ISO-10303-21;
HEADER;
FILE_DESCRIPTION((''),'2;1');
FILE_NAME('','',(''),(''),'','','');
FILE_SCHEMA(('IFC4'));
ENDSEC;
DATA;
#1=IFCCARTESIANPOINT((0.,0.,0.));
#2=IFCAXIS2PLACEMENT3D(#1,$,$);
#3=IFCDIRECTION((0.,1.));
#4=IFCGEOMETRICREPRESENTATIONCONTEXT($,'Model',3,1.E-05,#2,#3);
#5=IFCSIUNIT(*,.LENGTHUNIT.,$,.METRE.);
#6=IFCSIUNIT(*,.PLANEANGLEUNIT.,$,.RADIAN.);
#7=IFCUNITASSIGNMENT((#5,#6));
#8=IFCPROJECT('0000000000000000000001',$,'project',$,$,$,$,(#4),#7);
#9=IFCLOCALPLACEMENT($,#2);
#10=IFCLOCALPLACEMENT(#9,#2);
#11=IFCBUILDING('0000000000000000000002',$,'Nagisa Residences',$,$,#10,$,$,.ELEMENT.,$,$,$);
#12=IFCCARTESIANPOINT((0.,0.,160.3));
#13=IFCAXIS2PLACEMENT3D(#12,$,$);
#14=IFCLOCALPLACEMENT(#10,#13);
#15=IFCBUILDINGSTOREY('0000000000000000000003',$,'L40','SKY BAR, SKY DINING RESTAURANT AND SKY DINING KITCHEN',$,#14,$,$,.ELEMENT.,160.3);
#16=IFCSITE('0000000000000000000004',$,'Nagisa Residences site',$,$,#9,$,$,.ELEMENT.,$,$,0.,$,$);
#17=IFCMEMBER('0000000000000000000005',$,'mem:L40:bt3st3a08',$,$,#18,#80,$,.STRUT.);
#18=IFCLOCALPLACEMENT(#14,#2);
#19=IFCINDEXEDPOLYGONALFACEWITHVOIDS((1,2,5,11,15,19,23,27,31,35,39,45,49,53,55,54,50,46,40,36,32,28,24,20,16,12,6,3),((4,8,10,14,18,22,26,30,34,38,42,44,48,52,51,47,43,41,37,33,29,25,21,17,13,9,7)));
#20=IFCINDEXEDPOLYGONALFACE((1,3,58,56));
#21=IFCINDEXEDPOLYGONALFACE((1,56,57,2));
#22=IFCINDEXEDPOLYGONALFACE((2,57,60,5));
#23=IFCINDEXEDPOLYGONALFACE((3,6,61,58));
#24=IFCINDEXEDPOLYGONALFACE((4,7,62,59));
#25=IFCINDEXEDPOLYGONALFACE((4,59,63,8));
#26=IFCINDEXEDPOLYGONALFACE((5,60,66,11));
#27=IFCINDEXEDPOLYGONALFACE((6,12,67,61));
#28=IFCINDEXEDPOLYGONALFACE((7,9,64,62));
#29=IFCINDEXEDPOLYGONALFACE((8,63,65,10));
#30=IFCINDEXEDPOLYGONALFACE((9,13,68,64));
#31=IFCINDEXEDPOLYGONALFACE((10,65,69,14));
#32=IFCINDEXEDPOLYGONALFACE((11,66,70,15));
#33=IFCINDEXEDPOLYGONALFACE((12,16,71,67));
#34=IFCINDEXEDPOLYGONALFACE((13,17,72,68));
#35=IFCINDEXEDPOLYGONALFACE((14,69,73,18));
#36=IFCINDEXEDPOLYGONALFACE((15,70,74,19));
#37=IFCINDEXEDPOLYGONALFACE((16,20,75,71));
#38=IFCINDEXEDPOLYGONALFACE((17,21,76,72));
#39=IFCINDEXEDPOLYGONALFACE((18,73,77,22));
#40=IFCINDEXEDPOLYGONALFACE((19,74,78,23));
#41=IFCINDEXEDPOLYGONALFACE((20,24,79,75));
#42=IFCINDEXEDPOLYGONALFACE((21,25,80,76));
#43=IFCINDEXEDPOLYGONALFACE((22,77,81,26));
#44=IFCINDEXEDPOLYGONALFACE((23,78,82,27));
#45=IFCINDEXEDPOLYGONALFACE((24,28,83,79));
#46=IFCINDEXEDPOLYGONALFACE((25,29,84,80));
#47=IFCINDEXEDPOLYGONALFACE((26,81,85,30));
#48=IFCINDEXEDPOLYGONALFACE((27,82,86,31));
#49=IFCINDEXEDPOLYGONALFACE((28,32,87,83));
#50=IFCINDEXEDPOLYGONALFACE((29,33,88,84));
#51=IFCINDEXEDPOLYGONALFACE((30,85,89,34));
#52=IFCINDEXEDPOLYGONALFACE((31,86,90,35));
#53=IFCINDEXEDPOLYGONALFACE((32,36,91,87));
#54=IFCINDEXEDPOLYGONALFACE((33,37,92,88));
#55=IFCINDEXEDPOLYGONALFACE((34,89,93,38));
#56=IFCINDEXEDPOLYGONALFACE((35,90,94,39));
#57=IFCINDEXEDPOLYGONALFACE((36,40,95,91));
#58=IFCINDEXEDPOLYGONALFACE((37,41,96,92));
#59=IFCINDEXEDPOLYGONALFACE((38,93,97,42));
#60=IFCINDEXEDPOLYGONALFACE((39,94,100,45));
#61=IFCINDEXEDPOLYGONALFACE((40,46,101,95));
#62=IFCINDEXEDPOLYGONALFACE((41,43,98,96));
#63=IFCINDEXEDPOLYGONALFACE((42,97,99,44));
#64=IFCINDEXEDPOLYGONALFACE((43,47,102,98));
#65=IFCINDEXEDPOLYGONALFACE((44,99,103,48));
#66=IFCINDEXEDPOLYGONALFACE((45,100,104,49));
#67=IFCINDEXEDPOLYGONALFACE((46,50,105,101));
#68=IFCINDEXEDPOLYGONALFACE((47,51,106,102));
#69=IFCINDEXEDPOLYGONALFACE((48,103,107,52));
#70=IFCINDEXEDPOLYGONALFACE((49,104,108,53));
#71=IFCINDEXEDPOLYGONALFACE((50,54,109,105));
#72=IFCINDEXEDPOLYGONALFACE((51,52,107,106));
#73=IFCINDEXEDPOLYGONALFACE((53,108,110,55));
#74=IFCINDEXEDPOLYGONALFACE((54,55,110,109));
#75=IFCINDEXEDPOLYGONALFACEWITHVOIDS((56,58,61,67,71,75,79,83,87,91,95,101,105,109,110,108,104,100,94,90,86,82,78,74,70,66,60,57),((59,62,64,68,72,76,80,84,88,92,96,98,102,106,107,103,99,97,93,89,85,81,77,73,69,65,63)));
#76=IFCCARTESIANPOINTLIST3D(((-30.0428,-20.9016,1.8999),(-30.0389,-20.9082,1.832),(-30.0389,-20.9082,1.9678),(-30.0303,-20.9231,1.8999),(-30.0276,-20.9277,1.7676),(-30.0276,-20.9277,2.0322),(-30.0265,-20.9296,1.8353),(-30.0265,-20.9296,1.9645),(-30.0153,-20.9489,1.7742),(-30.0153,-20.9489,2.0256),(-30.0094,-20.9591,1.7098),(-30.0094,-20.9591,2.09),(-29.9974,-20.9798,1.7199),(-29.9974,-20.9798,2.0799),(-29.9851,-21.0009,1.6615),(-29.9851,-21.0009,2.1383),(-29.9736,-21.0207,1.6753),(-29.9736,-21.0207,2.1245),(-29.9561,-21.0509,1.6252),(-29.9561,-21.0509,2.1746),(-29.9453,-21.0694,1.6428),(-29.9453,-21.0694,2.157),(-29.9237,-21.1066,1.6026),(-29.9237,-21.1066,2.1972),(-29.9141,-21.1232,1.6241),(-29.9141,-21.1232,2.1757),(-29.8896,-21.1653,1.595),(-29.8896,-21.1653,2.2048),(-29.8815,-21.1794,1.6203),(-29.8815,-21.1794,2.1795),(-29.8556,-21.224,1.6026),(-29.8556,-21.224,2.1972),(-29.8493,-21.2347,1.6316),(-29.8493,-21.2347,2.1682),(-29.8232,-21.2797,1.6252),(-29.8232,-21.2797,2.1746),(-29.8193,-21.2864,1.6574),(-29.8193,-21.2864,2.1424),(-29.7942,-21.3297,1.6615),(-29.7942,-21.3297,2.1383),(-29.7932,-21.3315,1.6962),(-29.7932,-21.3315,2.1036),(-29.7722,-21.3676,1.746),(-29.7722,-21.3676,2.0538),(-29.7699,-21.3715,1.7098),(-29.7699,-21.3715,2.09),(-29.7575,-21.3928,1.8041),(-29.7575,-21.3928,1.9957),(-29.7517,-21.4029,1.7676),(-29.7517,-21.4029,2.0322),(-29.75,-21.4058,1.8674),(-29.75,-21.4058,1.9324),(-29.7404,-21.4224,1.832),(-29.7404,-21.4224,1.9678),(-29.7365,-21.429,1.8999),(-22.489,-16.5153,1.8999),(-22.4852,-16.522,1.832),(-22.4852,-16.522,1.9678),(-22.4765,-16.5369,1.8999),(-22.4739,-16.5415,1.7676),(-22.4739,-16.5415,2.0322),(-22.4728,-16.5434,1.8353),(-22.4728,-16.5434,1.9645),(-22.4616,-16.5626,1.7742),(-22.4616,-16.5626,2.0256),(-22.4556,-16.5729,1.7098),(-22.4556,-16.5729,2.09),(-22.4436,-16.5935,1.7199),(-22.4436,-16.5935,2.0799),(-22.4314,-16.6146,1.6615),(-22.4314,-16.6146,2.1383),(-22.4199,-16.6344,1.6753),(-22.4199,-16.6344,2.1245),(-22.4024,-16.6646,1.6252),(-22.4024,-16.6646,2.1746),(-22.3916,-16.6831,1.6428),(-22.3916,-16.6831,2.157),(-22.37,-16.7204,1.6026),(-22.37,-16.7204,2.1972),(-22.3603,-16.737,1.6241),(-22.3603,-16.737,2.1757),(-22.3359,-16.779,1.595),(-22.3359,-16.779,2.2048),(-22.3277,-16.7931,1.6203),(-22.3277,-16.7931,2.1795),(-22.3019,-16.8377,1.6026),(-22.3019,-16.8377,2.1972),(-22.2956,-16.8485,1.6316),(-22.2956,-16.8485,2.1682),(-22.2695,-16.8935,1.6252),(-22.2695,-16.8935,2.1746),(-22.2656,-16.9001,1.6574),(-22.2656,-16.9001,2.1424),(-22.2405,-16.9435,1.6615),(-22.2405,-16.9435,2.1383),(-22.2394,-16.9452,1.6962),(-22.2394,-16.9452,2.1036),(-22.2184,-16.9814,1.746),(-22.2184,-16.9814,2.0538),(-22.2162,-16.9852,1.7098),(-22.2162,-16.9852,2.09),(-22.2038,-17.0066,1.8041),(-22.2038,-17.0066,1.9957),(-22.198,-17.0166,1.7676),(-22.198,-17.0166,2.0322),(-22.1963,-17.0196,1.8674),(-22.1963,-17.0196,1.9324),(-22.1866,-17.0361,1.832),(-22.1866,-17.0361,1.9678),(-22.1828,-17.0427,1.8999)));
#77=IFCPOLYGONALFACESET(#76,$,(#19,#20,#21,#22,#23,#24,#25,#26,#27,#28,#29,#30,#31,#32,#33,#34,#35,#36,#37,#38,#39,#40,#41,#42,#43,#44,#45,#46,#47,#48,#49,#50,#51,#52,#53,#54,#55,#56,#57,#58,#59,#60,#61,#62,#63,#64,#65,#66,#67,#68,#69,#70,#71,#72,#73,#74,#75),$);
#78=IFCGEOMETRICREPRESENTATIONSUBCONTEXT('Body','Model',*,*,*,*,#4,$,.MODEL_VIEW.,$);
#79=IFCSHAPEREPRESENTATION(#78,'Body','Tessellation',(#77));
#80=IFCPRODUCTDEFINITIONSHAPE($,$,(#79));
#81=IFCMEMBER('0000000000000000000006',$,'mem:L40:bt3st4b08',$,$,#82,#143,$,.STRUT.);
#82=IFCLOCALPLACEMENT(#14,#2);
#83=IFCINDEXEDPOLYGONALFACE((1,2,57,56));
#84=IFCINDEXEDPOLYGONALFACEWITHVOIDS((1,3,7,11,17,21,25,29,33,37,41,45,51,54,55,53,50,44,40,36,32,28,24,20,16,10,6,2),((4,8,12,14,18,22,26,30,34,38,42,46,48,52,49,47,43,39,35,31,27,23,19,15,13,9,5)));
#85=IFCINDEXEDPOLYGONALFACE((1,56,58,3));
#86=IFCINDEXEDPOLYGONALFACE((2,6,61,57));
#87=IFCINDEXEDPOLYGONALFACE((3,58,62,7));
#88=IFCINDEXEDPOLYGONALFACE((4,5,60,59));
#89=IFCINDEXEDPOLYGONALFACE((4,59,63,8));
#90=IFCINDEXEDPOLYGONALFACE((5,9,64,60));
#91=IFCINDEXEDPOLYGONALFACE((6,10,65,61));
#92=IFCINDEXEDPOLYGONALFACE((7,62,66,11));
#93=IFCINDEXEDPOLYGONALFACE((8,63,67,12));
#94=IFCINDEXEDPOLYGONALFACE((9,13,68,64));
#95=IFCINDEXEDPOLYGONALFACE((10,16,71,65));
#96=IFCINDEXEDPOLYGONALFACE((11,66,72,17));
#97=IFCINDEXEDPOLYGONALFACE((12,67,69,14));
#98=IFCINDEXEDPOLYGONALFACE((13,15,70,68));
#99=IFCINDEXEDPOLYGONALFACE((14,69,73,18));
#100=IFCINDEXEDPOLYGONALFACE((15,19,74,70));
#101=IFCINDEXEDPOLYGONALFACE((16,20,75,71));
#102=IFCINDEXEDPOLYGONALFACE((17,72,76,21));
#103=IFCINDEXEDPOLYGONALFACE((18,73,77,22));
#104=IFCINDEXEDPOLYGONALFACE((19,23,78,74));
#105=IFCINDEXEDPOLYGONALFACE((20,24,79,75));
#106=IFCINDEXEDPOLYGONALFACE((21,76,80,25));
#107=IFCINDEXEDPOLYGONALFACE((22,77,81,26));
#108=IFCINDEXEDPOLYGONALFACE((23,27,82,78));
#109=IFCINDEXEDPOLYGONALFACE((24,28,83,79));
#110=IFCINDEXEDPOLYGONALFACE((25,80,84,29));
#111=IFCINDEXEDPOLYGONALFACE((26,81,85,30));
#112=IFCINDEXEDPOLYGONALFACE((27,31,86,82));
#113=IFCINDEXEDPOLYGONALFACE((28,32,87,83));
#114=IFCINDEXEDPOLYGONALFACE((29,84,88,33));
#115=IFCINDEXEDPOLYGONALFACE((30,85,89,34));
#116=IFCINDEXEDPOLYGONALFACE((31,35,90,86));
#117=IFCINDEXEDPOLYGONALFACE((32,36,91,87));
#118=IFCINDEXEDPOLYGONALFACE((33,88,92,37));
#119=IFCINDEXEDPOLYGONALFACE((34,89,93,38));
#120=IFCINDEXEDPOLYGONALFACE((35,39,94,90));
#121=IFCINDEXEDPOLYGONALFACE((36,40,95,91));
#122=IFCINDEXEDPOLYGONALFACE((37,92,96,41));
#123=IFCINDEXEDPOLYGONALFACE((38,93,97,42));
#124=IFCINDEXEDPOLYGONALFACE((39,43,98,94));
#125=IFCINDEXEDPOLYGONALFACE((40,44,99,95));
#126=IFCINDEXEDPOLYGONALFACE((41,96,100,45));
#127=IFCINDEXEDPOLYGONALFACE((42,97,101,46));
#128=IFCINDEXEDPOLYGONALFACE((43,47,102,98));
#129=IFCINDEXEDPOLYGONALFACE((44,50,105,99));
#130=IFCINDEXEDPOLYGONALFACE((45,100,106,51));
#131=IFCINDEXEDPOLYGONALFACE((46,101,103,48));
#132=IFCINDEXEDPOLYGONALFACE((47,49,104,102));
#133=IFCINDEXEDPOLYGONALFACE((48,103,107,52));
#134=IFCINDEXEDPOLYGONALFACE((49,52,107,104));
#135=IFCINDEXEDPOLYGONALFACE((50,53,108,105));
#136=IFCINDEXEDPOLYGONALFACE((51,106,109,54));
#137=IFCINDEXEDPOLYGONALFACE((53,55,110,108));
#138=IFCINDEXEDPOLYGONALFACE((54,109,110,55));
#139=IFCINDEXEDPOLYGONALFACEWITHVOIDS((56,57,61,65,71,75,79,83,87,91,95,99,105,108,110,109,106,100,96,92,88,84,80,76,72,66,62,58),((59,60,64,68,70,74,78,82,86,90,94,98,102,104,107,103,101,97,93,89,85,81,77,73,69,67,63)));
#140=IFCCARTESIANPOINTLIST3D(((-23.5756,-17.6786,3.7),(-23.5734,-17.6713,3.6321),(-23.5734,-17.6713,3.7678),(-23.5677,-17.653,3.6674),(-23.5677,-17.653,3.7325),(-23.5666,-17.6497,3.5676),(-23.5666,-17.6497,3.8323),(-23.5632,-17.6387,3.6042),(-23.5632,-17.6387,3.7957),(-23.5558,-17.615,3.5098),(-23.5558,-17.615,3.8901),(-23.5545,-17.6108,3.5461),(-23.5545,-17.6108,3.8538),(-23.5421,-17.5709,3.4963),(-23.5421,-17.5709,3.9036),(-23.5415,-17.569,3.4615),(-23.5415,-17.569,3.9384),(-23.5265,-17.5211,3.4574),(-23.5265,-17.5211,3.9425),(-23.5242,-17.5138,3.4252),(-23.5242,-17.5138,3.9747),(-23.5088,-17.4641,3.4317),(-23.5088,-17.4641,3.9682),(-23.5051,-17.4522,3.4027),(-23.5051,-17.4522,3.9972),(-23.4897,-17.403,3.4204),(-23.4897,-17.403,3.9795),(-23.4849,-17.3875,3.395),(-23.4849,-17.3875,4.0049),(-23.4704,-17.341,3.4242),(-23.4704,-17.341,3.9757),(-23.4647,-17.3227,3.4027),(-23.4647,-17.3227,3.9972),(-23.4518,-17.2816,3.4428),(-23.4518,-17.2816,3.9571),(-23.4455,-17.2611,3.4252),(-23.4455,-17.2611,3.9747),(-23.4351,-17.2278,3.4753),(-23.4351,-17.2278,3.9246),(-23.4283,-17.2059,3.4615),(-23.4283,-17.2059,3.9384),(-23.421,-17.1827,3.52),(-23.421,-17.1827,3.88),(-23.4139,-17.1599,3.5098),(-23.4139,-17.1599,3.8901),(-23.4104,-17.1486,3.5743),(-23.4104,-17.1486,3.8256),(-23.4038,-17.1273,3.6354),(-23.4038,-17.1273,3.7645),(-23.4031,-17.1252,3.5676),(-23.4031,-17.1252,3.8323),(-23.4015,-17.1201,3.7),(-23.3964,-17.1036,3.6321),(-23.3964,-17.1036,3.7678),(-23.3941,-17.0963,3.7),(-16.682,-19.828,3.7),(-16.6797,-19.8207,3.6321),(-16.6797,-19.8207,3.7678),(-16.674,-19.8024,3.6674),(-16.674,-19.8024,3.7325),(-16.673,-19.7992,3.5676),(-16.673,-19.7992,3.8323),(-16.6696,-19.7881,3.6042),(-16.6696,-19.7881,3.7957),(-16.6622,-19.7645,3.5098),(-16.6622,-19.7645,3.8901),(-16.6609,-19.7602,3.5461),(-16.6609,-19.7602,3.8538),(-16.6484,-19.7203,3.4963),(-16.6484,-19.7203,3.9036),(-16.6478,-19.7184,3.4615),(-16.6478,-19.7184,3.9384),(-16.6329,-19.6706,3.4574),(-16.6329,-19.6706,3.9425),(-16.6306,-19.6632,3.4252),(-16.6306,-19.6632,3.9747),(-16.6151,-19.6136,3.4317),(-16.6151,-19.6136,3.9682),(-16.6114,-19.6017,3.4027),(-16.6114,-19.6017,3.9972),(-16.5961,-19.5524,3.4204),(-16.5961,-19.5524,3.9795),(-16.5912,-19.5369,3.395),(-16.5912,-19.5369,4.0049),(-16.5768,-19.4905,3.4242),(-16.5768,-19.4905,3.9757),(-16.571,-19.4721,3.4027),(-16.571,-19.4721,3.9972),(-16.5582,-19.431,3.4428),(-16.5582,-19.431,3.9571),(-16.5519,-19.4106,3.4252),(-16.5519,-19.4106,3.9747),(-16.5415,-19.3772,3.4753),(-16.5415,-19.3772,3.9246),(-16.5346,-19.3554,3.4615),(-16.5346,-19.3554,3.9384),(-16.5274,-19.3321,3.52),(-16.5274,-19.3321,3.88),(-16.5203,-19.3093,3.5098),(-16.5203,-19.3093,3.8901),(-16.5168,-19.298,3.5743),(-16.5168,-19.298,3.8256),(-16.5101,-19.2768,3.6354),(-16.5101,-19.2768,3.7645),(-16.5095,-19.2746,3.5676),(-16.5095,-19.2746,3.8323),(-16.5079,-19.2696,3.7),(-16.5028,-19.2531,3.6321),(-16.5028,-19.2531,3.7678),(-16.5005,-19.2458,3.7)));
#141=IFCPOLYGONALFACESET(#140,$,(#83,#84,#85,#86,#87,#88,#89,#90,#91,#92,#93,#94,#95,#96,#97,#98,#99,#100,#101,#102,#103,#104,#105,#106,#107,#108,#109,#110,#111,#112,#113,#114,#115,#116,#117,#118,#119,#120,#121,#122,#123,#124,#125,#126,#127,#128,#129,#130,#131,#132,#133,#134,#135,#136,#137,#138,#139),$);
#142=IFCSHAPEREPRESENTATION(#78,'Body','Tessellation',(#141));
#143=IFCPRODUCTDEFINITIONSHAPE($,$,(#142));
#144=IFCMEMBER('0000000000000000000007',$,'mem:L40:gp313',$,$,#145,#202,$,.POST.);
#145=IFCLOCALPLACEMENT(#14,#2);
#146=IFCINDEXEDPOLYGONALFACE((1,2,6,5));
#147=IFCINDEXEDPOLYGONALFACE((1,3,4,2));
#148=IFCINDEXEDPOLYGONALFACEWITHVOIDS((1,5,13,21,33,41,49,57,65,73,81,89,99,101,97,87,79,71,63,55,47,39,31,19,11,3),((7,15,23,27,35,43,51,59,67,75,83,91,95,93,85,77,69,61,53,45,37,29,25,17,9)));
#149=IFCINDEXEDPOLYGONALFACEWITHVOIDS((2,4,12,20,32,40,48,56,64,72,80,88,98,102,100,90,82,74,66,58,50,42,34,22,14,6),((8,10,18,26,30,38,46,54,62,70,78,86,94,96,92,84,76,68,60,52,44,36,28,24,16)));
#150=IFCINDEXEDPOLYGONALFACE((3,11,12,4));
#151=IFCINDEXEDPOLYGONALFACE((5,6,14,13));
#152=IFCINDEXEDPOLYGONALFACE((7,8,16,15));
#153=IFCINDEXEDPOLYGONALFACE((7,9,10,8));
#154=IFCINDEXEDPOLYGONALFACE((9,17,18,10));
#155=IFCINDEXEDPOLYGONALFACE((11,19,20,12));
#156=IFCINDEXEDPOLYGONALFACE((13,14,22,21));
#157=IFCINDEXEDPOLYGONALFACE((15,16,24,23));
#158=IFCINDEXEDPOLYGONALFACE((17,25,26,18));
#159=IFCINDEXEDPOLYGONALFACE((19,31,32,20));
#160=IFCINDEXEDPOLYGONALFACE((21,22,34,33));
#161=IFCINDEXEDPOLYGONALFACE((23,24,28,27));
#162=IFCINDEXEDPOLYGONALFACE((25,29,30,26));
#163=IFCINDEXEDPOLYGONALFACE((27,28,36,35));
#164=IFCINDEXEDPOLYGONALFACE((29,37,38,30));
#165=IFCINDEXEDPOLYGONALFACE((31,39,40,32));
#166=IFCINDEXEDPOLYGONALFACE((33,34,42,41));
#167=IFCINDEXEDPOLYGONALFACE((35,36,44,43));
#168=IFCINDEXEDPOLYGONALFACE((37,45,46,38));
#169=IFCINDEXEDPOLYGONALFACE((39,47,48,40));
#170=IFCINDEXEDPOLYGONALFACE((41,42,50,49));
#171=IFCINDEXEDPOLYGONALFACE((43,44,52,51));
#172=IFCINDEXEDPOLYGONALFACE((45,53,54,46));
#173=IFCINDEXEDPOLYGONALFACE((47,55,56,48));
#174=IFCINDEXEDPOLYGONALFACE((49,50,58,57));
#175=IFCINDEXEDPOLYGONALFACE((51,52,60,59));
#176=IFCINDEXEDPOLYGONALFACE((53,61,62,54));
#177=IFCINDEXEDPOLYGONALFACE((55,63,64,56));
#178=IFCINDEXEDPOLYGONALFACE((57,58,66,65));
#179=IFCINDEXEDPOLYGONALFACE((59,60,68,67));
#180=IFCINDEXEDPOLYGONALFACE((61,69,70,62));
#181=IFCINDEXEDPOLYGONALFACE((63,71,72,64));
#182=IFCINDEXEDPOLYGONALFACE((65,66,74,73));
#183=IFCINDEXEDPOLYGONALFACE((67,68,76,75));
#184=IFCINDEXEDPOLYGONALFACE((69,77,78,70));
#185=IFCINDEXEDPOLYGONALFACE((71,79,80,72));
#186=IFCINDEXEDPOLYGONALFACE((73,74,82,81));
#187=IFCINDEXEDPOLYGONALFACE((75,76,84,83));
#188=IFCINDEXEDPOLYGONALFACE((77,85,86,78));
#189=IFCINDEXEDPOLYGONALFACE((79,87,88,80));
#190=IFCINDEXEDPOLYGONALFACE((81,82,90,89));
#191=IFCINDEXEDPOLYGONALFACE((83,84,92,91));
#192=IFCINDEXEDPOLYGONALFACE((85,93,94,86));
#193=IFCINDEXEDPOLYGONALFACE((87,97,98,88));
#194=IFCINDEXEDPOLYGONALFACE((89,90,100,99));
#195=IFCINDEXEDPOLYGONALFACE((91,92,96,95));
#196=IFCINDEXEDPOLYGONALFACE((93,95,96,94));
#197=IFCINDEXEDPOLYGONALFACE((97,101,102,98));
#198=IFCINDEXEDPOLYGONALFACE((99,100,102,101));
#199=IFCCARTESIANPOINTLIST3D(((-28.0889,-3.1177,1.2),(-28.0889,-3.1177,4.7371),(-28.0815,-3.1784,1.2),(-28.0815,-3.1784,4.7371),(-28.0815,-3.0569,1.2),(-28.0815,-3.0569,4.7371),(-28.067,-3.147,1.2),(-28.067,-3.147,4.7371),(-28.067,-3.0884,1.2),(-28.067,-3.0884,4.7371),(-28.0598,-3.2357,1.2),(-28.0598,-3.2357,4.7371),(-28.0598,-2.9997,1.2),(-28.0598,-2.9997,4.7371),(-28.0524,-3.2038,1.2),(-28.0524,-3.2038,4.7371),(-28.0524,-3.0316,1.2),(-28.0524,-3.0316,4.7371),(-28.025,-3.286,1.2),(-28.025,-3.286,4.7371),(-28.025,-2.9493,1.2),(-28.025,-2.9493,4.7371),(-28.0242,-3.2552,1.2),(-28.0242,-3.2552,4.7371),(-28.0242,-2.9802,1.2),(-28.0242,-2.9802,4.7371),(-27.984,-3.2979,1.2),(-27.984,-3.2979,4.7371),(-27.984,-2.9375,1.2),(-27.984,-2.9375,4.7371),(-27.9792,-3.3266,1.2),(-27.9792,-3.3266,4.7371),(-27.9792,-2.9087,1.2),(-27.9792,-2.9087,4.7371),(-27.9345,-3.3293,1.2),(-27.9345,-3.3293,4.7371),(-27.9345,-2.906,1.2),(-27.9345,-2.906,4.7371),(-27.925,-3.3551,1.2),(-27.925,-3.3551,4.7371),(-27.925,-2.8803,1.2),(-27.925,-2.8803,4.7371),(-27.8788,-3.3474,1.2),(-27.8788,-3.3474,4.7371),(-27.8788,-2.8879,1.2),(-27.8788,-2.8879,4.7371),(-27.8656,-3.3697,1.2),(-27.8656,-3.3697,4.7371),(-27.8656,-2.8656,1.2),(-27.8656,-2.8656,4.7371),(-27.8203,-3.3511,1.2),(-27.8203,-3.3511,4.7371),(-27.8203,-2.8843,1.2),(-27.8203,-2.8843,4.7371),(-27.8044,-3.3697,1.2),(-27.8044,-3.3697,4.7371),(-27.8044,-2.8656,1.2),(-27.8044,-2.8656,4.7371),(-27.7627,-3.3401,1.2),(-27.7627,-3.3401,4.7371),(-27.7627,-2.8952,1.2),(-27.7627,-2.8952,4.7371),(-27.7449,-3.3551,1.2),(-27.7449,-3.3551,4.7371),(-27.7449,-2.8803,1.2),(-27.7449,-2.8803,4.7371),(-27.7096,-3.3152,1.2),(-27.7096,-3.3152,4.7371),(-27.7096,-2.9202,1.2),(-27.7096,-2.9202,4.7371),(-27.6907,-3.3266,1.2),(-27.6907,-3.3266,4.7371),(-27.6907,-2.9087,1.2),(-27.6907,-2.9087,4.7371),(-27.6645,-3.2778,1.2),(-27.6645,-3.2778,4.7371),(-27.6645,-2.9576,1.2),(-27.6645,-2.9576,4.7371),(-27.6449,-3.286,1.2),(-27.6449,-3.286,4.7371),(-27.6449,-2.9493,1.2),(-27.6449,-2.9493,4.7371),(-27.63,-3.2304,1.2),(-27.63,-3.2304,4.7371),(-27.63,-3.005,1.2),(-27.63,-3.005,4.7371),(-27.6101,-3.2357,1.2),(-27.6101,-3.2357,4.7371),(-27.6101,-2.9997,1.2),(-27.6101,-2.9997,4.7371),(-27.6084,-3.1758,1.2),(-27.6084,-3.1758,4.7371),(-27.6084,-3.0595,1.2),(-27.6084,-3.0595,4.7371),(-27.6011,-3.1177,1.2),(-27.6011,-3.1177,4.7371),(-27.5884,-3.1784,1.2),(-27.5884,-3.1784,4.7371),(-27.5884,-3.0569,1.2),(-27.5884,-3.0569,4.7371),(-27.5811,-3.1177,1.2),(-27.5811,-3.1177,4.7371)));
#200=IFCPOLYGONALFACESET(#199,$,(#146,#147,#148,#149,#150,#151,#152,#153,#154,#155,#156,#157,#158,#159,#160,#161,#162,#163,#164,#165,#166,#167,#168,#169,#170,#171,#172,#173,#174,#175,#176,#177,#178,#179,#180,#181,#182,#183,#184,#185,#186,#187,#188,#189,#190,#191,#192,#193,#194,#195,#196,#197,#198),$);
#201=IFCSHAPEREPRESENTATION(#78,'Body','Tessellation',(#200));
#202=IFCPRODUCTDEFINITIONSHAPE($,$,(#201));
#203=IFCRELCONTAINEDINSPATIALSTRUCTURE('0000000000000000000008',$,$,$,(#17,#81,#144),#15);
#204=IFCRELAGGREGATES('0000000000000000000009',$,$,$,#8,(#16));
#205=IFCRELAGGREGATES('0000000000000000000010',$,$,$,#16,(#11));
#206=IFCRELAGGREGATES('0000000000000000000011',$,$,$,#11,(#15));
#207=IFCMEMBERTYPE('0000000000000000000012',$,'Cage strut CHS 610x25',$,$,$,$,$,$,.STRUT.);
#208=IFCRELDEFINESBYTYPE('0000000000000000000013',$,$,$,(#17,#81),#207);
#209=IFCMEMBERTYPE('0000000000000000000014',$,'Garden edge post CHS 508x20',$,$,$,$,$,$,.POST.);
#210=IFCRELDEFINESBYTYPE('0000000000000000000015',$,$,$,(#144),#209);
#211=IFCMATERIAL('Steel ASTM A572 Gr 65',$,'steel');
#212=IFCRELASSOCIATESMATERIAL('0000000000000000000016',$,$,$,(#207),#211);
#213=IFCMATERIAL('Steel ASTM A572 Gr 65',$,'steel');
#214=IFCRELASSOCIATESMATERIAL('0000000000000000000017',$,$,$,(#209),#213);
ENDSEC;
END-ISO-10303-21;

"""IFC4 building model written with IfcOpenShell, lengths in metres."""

from ifc_helpers import new_model, si_unit, direction, frame, origin, origin_2d, place, context, subcontext, project, spatial, hollow_circle, extrude, material, material_profile, profile_set, type_object, element, save


model = new_model("IFC4")

# Units and contexts
model_context = context("Model", 3, precision=1e-05, world=origin(), true_north=direction((0.0, 1.0)))
body_context = subcontext(model_context, "Body", "Model", "MODEL_VIEW")
ifc_project = project(units=[si_unit("LENGTHUNIT", "METRE"), si_unit("PLANEANGLEUNIT", "RADIAN")], contexts=[model_context])

# Site, building, storey
site_placement = place(None, origin())
site = spatial("IfcSite", under=ifc_project, at=site_placement, Name="Nagisa Residences site", CompositionType="ELEMENT", RefElevation=0.0)
building_placement = place(site_placement, origin())
building = spatial("IfcBuilding", under=site, at=building_placement, Name="Nagisa Residences", CompositionType="ELEMENT")
storey_placement = place(building_placement, frame((0.0, 0.0, 160.3)))
storey = spatial("IfcBuildingStorey", under=building, at=storey_placement, Name="L40", Description="SKY BAR, SKY DINING RESTAURANT AND SKY DINING KITCHEN", CompositionType="ELEMENT", Elevation=160.3)

# Members
ifc_material_1 = material(Name="Steel ASTM A572 Gr 65", Category="steel")
ifc_material_profile_1 = material_profile(ifc_material_1, hollow_circle(Radius=0.3049, WallThickness=0.0249, at=origin_2d()), Name="CHS 610x25")
ifc_profile_set_1 = profile_set([ifc_material_profile_1], Name="Steel ASTM A572 Gr 65")
member_type_1 = type_object("IfcMemberType", Name="Cage strut CHS 610x25", PredefinedType="STRUT", material=ifc_profile_set_1)
member_1_placement = place(storey_placement, frame((-29.8896, -21.1653, 1.8999), z_axis=(0.864779, 0.502153, 0.0), x_axis=(-0.502153, 0.864779, 0.0)))
element("IfcMember", 1, at=member_1_placement, inside=storey, type_object=member_type_1, Name="mem:L40:bt3st3a08", PredefinedType="STRUT", context=body_context, shape_type="SweptSolid", body=[
    extrude(hollow_circle(Radius=0.3049, WallThickness=0.0249, at=origin_2d()), origin(), (0.0, 0.0, 1.0), 8.7349),
])
member_2_placement = place(storey_placement, frame((-23.4849, -17.3875, 3.7), z_axis=(0.95467, -0.297667, 0.0), x_axis=(0.297667, 0.95467, 0.0)))
element("IfcMember", 2, at=member_2_placement, inside=storey, type_object=member_type_1, Name="mem:L40:bt3st4b08", PredefinedType="STRUT", context=body_context, shape_type="SweptSolid", body=[
    extrude(hollow_circle(Radius=0.3049, WallThickness=0.0249, at=origin_2d()), origin(), (0.0, 0.0, 1.0), 7.2209),
])
ifc_material_2 = material(Name="Steel ASTM A572 Gr 65", Category="steel")
ifc_material_profile_2 = material_profile(ifc_material_2, hollow_circle(Radius=0.2539, WallThickness=0.02, at=origin_2d()), Name="CHS 508x20")
ifc_profile_set_2 = profile_set([ifc_material_profile_2], Name="Steel ASTM A572 Gr 65")
member_type_2 = type_object("IfcMemberType", Name="Garden edge post CHS 508x20", PredefinedType="POST", material=ifc_profile_set_2)
for number, where, z_axis, x_axis, name in (
    (3, (-27.835, -3.1177, 1.2), (0.0, 0.0, 1.0), (1.0, 0.0, 0.0), "mem:L40:gp313"),
):
    element("IfcMember", number, at=place(storey_placement, frame(where, z_axis=z_axis, x_axis=x_axis)), inside=storey, type_object=member_type_2, Name=name, PredefinedType="POST", context=body_context, shape_type="SweptSolid", body=[
        extrude(hollow_circle(Radius=0.2539, WallThickness=0.02, at=origin_2d()), origin(), (0.0, 0.0, 1.0), 3.5371),
    ])

save(model, "model.ifc")
